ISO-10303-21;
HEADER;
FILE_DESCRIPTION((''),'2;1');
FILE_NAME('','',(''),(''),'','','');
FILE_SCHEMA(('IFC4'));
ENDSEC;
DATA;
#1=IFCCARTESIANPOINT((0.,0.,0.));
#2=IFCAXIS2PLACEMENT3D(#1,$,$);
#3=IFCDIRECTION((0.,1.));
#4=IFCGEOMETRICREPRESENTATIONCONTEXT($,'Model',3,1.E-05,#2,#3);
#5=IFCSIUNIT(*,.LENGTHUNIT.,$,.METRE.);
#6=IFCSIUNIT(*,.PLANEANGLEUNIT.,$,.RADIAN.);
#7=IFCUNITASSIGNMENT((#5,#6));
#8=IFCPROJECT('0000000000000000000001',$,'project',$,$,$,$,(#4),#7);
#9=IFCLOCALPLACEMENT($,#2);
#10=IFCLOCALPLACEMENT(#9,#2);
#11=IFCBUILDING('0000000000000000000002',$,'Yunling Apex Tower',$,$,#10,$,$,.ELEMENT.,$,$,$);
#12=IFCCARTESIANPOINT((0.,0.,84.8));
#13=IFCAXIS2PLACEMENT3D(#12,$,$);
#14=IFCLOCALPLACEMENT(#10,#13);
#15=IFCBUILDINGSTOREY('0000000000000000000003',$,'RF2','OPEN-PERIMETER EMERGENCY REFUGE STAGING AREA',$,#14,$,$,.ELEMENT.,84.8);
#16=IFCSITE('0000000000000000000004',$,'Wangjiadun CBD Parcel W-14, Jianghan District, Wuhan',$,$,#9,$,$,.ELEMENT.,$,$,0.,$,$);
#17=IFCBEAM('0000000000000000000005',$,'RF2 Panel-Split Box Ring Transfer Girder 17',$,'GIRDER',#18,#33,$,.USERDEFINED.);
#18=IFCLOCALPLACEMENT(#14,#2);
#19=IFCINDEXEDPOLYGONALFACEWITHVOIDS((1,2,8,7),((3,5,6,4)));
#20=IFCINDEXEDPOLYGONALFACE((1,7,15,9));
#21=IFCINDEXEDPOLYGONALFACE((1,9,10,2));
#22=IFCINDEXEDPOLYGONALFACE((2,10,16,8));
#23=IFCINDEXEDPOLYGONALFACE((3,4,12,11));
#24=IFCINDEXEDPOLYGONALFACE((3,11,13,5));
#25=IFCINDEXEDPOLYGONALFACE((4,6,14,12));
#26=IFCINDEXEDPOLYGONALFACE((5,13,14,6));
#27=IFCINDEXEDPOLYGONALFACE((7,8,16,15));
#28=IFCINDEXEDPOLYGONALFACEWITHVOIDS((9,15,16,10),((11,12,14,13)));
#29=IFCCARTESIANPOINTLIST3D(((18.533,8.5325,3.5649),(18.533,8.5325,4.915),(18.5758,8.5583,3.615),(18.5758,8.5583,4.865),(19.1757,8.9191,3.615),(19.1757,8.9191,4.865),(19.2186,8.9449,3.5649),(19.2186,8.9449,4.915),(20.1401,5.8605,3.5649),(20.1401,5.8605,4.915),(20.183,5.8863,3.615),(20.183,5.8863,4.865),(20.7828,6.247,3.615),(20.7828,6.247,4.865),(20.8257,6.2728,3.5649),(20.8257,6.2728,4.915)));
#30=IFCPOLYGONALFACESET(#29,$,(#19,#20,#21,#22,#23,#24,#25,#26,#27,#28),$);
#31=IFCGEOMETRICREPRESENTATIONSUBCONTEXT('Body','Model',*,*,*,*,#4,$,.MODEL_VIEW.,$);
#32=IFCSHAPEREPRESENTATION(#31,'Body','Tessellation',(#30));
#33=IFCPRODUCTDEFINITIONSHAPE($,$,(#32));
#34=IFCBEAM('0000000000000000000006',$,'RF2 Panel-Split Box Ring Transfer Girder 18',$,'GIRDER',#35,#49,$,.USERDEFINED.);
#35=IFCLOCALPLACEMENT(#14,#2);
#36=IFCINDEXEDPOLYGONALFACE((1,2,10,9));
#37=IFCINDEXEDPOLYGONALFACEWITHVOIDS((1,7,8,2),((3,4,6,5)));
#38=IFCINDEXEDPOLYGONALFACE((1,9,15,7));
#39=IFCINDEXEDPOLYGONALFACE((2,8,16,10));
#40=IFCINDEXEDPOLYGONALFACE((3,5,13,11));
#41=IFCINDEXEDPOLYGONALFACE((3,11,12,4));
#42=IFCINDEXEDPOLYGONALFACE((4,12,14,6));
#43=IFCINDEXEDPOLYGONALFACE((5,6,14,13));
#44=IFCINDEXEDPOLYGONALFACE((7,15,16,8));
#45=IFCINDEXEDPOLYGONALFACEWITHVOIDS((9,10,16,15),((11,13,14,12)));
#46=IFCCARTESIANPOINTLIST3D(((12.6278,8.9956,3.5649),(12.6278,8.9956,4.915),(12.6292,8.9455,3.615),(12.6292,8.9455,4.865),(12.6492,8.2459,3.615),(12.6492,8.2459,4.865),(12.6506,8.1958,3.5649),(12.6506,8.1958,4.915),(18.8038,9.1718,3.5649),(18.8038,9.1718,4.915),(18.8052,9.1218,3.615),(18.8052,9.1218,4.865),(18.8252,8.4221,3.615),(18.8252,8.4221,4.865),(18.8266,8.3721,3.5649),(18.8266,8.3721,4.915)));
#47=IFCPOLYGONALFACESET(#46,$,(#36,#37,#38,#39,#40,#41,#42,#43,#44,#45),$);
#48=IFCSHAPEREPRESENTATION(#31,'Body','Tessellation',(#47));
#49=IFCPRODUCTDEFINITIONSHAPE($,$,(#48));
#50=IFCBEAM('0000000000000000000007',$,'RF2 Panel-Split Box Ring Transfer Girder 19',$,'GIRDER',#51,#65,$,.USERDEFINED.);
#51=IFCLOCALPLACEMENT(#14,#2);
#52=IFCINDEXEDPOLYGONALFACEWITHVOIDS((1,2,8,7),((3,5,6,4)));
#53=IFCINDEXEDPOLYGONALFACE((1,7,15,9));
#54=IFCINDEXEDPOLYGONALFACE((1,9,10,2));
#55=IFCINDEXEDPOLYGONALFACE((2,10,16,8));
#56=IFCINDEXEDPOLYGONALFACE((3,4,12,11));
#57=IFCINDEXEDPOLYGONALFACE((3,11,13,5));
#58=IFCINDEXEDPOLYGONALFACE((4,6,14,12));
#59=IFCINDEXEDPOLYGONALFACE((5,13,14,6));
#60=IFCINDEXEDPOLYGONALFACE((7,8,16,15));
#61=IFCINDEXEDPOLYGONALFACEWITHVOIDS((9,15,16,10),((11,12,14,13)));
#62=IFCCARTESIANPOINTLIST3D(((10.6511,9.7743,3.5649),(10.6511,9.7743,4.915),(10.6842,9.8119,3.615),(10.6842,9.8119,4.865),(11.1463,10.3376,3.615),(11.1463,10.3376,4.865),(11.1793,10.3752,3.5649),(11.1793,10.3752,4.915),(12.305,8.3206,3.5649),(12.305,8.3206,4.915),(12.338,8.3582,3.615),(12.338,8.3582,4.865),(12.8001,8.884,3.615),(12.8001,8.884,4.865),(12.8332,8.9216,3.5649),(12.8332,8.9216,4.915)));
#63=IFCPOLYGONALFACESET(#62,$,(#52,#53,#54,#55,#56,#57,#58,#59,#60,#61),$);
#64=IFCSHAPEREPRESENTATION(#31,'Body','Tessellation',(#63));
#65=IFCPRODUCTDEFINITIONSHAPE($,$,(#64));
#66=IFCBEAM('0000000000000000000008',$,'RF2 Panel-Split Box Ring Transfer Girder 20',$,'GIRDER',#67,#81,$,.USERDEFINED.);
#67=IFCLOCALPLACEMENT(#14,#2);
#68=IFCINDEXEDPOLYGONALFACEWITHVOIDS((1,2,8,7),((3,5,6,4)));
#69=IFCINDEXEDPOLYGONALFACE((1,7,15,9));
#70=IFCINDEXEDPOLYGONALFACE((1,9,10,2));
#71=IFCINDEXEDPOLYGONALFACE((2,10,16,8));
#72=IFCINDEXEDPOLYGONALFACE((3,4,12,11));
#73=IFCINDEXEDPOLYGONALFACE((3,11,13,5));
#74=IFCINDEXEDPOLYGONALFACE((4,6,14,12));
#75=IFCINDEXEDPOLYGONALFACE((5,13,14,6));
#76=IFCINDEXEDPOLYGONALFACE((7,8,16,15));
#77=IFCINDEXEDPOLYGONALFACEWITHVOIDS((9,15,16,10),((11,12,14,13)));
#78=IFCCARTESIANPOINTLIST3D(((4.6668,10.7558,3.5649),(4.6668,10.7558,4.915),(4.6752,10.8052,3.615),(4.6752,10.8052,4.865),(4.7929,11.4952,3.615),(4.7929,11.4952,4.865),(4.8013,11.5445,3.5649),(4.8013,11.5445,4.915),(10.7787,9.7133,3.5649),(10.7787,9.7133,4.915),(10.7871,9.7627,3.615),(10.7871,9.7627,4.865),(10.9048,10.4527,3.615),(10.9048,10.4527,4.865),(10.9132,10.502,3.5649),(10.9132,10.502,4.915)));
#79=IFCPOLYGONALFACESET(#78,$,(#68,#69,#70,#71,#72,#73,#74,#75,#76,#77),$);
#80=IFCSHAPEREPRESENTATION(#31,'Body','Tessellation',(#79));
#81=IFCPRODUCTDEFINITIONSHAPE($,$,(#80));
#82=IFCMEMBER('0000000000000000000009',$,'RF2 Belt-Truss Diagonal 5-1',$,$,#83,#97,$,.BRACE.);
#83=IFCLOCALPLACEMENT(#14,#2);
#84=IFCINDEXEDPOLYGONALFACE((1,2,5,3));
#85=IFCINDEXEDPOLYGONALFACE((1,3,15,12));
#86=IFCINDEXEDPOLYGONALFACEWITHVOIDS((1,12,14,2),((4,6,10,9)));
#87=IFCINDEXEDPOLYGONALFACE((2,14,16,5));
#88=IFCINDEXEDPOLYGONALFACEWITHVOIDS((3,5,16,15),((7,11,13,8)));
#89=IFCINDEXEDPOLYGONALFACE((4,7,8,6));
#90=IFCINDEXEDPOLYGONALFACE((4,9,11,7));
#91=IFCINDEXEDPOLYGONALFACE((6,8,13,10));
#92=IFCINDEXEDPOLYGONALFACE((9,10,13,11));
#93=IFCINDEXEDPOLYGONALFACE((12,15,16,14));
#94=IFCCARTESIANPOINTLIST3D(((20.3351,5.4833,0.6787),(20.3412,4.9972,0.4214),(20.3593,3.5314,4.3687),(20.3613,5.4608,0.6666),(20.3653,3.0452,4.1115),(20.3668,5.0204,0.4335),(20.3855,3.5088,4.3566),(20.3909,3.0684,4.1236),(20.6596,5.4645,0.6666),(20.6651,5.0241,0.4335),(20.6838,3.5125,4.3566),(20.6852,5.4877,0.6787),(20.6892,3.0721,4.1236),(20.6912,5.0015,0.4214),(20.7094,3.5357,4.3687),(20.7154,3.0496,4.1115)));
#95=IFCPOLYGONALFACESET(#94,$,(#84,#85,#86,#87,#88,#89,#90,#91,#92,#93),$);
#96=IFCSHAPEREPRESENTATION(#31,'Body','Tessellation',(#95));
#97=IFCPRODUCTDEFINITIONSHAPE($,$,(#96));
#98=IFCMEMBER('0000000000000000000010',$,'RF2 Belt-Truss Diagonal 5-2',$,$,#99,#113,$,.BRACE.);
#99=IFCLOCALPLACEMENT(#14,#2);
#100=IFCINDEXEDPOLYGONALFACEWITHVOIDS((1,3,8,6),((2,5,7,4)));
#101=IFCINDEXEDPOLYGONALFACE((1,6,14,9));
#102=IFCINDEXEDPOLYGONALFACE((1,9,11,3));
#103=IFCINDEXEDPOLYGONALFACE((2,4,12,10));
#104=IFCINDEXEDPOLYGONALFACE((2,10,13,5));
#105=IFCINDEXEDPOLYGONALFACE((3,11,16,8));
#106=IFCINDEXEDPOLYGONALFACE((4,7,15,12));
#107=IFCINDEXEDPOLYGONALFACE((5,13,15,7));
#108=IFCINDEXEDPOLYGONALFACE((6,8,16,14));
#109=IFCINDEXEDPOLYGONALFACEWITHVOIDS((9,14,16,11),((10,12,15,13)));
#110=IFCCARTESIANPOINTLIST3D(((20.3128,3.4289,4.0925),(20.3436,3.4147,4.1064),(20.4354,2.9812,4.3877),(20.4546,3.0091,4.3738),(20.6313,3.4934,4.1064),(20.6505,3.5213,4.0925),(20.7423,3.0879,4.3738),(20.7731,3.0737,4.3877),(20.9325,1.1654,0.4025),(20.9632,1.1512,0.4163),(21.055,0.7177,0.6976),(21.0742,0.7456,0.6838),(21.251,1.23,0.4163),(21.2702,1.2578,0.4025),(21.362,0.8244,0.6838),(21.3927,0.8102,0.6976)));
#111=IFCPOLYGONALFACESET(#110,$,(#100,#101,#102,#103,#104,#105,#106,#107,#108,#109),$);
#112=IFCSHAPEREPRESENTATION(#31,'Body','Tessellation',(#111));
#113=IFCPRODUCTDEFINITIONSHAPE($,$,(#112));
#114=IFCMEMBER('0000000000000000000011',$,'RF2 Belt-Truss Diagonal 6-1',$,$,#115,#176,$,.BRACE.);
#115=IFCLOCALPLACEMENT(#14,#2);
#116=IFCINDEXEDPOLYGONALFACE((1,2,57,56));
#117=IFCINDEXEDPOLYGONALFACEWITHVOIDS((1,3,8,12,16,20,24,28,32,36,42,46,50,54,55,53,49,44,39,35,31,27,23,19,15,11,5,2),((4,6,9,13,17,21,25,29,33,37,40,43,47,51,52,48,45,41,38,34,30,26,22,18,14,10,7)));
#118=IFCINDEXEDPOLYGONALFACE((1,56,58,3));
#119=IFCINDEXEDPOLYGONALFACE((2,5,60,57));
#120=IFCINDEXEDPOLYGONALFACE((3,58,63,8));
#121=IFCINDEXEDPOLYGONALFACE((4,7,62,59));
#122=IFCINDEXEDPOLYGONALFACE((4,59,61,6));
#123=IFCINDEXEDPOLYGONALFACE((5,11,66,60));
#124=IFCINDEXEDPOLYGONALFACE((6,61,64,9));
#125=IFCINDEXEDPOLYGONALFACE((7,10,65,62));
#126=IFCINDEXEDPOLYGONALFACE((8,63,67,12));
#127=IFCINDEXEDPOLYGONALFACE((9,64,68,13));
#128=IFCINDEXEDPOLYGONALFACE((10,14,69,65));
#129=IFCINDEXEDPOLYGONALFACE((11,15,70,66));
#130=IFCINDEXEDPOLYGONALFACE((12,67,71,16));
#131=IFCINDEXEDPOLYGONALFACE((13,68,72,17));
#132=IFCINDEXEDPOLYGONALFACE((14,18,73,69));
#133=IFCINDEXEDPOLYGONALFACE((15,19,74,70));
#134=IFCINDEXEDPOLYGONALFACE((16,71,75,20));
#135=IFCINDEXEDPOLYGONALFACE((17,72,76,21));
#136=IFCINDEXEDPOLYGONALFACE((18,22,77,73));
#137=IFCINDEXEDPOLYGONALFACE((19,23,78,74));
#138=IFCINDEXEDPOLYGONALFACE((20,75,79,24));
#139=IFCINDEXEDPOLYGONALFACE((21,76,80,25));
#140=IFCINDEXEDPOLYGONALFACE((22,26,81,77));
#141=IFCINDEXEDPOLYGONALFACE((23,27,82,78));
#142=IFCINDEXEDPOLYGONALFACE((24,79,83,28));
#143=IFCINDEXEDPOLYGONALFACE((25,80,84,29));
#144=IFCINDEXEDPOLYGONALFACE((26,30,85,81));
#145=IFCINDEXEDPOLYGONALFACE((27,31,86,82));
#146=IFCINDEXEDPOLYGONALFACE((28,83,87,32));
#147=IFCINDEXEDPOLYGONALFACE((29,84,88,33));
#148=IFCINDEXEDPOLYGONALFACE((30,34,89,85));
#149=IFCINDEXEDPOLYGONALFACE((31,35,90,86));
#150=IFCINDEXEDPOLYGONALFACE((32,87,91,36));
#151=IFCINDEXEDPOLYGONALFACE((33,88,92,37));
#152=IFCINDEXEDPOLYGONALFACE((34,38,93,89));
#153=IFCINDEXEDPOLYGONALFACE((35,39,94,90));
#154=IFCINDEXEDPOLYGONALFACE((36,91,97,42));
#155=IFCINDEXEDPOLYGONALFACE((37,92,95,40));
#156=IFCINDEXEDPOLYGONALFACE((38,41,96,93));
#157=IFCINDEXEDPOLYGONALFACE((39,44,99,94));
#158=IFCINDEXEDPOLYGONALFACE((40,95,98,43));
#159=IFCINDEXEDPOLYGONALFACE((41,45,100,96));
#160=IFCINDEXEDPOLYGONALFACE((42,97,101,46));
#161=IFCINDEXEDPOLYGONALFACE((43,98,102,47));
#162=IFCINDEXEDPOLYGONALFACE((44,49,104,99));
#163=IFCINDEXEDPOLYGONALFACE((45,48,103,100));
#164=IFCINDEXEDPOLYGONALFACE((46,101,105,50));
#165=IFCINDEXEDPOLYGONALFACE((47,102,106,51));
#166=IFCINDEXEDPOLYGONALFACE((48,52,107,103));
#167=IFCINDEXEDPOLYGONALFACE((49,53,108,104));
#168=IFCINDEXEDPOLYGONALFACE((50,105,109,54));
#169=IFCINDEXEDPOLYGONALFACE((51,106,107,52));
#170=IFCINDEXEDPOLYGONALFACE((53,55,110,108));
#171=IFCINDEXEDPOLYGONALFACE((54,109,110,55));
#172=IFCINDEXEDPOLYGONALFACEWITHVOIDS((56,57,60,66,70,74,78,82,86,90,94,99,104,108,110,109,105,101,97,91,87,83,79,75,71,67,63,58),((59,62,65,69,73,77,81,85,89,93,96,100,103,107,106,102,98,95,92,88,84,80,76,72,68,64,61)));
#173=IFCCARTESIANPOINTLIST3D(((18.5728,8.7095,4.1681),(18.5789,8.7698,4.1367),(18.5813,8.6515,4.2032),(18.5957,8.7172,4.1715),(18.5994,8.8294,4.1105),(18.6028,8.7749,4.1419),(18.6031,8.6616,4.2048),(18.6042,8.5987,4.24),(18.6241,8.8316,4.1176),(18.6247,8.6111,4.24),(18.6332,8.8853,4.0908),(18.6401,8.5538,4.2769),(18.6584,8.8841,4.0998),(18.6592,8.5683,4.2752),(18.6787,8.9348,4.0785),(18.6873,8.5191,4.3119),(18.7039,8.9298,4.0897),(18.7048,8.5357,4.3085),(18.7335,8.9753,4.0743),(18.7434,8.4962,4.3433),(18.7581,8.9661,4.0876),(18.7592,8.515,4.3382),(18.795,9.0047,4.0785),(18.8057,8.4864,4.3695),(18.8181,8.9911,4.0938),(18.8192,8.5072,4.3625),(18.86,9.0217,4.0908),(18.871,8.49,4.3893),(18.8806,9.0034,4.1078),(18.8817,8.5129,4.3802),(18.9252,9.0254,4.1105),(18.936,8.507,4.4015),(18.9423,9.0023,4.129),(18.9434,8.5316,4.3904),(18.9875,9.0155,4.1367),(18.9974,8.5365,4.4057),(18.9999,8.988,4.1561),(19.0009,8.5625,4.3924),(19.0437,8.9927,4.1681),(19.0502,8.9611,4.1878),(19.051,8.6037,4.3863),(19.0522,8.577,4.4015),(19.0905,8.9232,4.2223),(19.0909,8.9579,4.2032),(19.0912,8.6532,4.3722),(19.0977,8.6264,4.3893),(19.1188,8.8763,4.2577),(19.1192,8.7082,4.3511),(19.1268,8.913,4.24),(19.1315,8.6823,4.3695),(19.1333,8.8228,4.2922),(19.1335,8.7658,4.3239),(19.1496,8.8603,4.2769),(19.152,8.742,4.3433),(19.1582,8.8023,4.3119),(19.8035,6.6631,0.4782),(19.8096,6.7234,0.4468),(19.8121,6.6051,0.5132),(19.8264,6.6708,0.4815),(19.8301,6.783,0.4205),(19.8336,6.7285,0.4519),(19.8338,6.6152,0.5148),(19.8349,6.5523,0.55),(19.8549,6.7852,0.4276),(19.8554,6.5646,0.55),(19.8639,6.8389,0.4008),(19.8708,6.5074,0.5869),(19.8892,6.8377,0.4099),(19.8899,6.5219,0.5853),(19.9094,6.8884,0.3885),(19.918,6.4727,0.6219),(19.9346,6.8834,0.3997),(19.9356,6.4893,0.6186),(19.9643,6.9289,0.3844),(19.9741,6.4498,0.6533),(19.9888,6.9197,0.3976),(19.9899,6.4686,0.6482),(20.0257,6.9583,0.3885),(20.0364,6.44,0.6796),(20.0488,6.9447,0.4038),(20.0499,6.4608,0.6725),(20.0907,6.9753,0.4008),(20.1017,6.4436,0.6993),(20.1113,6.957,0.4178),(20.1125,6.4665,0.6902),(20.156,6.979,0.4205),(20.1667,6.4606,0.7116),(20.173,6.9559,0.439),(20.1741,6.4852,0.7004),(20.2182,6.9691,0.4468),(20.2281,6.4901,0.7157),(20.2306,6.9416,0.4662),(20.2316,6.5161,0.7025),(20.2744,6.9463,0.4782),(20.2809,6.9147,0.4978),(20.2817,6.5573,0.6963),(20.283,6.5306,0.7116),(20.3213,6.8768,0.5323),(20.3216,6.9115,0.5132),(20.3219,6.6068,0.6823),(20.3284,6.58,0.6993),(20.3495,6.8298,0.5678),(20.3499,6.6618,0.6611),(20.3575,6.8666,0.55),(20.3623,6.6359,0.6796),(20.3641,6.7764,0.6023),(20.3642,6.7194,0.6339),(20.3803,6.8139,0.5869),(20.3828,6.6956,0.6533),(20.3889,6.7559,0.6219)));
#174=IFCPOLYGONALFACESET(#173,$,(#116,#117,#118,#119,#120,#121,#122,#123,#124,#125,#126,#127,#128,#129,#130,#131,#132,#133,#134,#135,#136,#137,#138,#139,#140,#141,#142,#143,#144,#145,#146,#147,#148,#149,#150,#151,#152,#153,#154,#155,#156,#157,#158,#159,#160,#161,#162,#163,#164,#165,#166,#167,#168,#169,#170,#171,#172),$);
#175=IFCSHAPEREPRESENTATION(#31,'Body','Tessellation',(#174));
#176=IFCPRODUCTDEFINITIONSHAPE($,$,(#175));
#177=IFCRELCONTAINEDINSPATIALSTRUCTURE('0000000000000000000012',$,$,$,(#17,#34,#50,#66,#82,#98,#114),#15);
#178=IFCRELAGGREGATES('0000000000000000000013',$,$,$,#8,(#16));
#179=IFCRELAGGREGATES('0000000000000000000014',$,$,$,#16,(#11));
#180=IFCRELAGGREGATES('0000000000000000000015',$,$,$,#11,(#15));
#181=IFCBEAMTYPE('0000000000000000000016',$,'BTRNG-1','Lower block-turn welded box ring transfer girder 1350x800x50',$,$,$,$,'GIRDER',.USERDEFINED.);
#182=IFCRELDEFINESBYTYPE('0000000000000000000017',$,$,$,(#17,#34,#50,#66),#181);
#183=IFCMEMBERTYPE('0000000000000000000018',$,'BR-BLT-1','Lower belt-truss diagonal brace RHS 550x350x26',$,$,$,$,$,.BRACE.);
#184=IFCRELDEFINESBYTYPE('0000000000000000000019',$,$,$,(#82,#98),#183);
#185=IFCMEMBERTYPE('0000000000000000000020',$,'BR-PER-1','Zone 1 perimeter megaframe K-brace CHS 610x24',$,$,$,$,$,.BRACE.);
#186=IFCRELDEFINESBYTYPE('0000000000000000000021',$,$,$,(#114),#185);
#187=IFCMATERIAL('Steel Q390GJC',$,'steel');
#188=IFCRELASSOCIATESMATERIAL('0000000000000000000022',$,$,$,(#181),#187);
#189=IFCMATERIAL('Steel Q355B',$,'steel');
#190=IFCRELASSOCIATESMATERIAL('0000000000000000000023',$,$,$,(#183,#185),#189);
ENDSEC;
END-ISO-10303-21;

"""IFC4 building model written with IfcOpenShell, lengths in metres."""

from ifc_helpers import new_model, si_unit, direction, frame, origin, origin_2d, place, context, subcontext, project, spatial, hollow_rectangle, hollow_circle, extrude, source, transform, mapped, material, material_profile, profile_set, type_object, element, save


model = new_model("IFC4")

# Units and contexts
model_context = context("Model", 3, precision=1e-05, world=origin(), true_north=direction((0.0, 1.0)))
body_context = subcontext(model_context, "Body", "Model", "MODEL_VIEW")
ifc_project = project(units=[si_unit("LENGTHUNIT", "METRE"), si_unit("PLANEANGLEUNIT", "RADIAN")], contexts=[model_context])

# Site, building, storey
site_placement = place(None, origin())
site = spatial("IfcSite", under=ifc_project, at=site_placement, Name="Wangjiadun CBD Parcel W-14, Jianghan District, Wuhan", CompositionType="ELEMENT", RefElevation=0.0)
building_placement = place(site_placement, origin())
building = spatial("IfcBuilding", under=site, at=building_placement, Name="Yunling Apex Tower", CompositionType="ELEMENT")
storey_placement = place(building_placement, frame((0.0, 0.0, 84.8)))
storey = spatial("IfcBuildingStorey", under=building, at=storey_placement, Name="RF2", Description="OPEN-PERIMETER EMERGENCY REFUGE STAGING AREA", CompositionType="ELEMENT", Elevation=84.8)

# Shared definitions
ifc_material_1 = material(Name="Steel Q390GJC", Category="steel")

# Beams
ifc_material_profile_1 = material_profile(ifc_material_1, hollow_rectangle(XDim=0.8, YDim=1.3501, WallThickness=0.05, at=origin_2d()))
ifc_profile_set_1 = profile_set([ifc_material_profile_1], Name="Steel Q390GJC")
beam_type = type_object("IfcBeamType", Name="BTRNG-1", Description="Lower block-turn welded box ring transfer girder 1350x800x50", ElementType="GIRDER", PredefinedType="USERDEFINED", material=ifc_profile_set_1)
shared_shape_1 = source(origin(), body_context, "Body", "SweptSolid", [
    extrude(hollow_rectangle(XDim=0.8, YDim=1.3501, WallThickness=0.05, at=origin_2d()), origin(), (0.0, 0.0, 1.0), 3.1182),
])
beam_1_placement = place(storey_placement, frame((20.4829, 6.0667, 4.24), z_axis=(-0.515417, 0.85694, 0.0), x_axis=(-0.85694, -0.515417, 0.0)))
element("IfcBeam", 1, at=beam_1_placement, inside=storey, type_object=beam_type, Name="RF2 Panel-Split Box Ring Transfer Girder 17", ObjectType="GIRDER", PredefinedType="USERDEFINED", context=body_context, shape_type="MappedRepresentation", body=[
    mapped(shared_shape_1, transform((0.0, 0.0, 0.0), scale=1.0)),
])
shared_shape_2 = source(origin(), body_context, "Body", "SweptSolid", [
    extrude(hollow_rectangle(XDim=0.8, YDim=1.3501, WallThickness=0.05, at=origin_2d()), origin(), (0.0, 0.0, 1.0), 6.1785),
])
beam_2_placement = place(storey_placement, frame((18.8152, 8.772, 4.24), z_axis=(-0.999593, -0.028529, 0.0), x_axis=(0.028529, -0.999593, 0.0)))
element("IfcBeam", 2, at=beam_2_placement, inside=storey, type_object=beam_type, Name="RF2 Panel-Split Box Ring Transfer Girder 18", ObjectType="GIRDER", PredefinedType="USERDEFINED", context=body_context, shape_type="MappedRepresentation", body=[
    mapped(shared_shape_2, transform((0.0, 0.0, 0.0), scale=1.0)),
])
shared_shape_3 = source(origin(), body_context, "Body", "SweptSolid", [
    extrude(hollow_rectangle(XDim=0.8, YDim=1.3501, WallThickness=0.05, at=origin_2d()), origin(), (0.0, 0.0, 1.0), 2.2019),
])
beam_3_placement = place(storey_placement, frame((12.5691, 8.6211, 4.24), z_axis=(-0.751105, 0.660183, 0.0), x_axis=(-0.660183, -0.751105, 0.0)))
element("IfcBeam", 3, at=beam_3_placement, inside=storey, type_object=beam_type, Name="RF2 Panel-Split Box Ring Transfer Girder 19", ObjectType="GIRDER", PredefinedType="USERDEFINED", context=body_context, shape_type="MappedRepresentation", body=[
    mapped(shared_shape_3, transform((0.0, 0.0, 0.0), scale=1.0)),
])
shared_shape_4 = source(origin(), body_context, "Body", "SweptSolid", [
    extrude(hollow_rectangle(XDim=0.8, YDim=1.3501, WallThickness=0.05, at=origin_2d()), origin(), (0.0, 0.0, 1.0), 6.2002),
])
beam_4_placement = place(storey_placement, frame((10.8459, 10.1077, 4.24), z_axis=(-0.985763, 0.16814, 0.0), x_axis=(-0.16814, -0.985763, 0.0)))
element("IfcBeam", 4, at=beam_4_placement, inside=storey, type_object=beam_type, Name="RF2 Panel-Split Box Ring Transfer Girder 20", ObjectType="GIRDER", PredefinedType="USERDEFINED", context=body_context, shape_type="MappedRepresentation", body=[
    mapped(shared_shape_4, transform((0.0, 0.0, 0.0), scale=1.0)),
])

# Members
ifc_material_2 = material(Name="Steel Q355B", Category="steel")
ifc_material_profile_2 = material_profile(ifc_material_2, hollow_rectangle(XDim=0.3501, YDim=0.55, WallThickness=0.0259, at=origin_2d()))
ifc_profile_set_2 = profile_set([ifc_material_profile_2], Name="Steel Q355B")
member_type_1 = type_object("IfcMemberType", Name="BR-BLT-1", Description="Lower belt-truss diagonal brace RHS 550x350x26", PredefinedType="BRACE", material=ifc_profile_set_2)
shared_shape_5 = source(origin(), body_context, "Body", "SweptSolid", [
    extrude(hollow_rectangle(XDim=0.3501, YDim=0.55, WallThickness=0.0259, at=origin_2d()), origin(), (0.0, 0.0, 1.0), 4.1746),
])
member_1_placement = place(storey_placement, frame((20.5132, 5.2424, 0.55), z_axis=(0.00579, -0.467582, 0.883931), x_axis=(0.999923, 0.012382, 0.0)))
element("IfcMember", 5, at=member_1_placement, inside=storey, type_object=member_type_1, Name="RF2 Belt-Truss Diagonal 5-1", PredefinedType="BRACE", context=body_context, shape_type="MappedRepresentation", body=[
    mapped(shared_shape_5, transform((0.0, 0.0, 0.0), scale=1.0)),
])
shared_shape_6 = source(origin(), body_context, "Body", "SweptSolid", [
    extrude(hollow_rectangle(XDim=0.3501, YDim=0.55, WallThickness=0.0259, at=origin_2d()), origin(), (0.0, 0.0, 1.0), 4.373),
])
member_2_placement = place(storey_placement, frame((21.1626, 0.9878, 0.55), z_axis=(-0.141696, 0.517597, 0.84381), x_axis=(-0.964511, -0.264042, 0.0)))
element("IfcMember", 6, at=member_2_placement, inside=storey, type_object=member_type_1, Name="RF2 Belt-Truss Diagonal 5-2", PredefinedType="BRACE", context=body_context, shape_type="MappedRepresentation", body=[
    mapped(shared_shape_6, transform((0.0, 0.0, 0.0), scale=1.0)),
])
ifc_material_profile_3 = material_profile(ifc_material_2, hollow_circle(Radius=0.3049, WallThickness=0.0239, at=origin_2d()))
ifc_profile_set_3 = profile_set([ifc_material_profile_3], Name="Steel Q355B")
member_type_2 = type_object("IfcMemberType", Name="BR-PER-1", Description="Zone 1 perimeter megaframe K-brace CHS 610x24", PredefinedType="BRACE", material=ifc_profile_set_3)
shared_shape_7 = source(origin(), body_context, "Body", "SweptSolid", [
    extrude(hollow_circle(Radius=0.3049, WallThickness=0.0239, at=origin_2d()), origin(), (0.0, 0.0, 1.0), 4.3953),
])
member_3_placement = place(storey_placement, frame((20.0962, 6.7095, 0.55), z_axis=(-0.280011, 0.465593, 0.839534), x_axis=(-0.85696, -0.515383, 0.0)))
element("IfcMember", 7, at=member_3_placement, inside=storey, type_object=member_type_2, Name="RF2 Belt-Truss Diagonal 6-1", PredefinedType="BRACE", context=body_context, shape_type="MappedRepresentation", body=[
    mapped(shared_shape_7, transform((0.0, 0.0, 0.0), scale=1.0)),
])

save(model, "model.ifc")
